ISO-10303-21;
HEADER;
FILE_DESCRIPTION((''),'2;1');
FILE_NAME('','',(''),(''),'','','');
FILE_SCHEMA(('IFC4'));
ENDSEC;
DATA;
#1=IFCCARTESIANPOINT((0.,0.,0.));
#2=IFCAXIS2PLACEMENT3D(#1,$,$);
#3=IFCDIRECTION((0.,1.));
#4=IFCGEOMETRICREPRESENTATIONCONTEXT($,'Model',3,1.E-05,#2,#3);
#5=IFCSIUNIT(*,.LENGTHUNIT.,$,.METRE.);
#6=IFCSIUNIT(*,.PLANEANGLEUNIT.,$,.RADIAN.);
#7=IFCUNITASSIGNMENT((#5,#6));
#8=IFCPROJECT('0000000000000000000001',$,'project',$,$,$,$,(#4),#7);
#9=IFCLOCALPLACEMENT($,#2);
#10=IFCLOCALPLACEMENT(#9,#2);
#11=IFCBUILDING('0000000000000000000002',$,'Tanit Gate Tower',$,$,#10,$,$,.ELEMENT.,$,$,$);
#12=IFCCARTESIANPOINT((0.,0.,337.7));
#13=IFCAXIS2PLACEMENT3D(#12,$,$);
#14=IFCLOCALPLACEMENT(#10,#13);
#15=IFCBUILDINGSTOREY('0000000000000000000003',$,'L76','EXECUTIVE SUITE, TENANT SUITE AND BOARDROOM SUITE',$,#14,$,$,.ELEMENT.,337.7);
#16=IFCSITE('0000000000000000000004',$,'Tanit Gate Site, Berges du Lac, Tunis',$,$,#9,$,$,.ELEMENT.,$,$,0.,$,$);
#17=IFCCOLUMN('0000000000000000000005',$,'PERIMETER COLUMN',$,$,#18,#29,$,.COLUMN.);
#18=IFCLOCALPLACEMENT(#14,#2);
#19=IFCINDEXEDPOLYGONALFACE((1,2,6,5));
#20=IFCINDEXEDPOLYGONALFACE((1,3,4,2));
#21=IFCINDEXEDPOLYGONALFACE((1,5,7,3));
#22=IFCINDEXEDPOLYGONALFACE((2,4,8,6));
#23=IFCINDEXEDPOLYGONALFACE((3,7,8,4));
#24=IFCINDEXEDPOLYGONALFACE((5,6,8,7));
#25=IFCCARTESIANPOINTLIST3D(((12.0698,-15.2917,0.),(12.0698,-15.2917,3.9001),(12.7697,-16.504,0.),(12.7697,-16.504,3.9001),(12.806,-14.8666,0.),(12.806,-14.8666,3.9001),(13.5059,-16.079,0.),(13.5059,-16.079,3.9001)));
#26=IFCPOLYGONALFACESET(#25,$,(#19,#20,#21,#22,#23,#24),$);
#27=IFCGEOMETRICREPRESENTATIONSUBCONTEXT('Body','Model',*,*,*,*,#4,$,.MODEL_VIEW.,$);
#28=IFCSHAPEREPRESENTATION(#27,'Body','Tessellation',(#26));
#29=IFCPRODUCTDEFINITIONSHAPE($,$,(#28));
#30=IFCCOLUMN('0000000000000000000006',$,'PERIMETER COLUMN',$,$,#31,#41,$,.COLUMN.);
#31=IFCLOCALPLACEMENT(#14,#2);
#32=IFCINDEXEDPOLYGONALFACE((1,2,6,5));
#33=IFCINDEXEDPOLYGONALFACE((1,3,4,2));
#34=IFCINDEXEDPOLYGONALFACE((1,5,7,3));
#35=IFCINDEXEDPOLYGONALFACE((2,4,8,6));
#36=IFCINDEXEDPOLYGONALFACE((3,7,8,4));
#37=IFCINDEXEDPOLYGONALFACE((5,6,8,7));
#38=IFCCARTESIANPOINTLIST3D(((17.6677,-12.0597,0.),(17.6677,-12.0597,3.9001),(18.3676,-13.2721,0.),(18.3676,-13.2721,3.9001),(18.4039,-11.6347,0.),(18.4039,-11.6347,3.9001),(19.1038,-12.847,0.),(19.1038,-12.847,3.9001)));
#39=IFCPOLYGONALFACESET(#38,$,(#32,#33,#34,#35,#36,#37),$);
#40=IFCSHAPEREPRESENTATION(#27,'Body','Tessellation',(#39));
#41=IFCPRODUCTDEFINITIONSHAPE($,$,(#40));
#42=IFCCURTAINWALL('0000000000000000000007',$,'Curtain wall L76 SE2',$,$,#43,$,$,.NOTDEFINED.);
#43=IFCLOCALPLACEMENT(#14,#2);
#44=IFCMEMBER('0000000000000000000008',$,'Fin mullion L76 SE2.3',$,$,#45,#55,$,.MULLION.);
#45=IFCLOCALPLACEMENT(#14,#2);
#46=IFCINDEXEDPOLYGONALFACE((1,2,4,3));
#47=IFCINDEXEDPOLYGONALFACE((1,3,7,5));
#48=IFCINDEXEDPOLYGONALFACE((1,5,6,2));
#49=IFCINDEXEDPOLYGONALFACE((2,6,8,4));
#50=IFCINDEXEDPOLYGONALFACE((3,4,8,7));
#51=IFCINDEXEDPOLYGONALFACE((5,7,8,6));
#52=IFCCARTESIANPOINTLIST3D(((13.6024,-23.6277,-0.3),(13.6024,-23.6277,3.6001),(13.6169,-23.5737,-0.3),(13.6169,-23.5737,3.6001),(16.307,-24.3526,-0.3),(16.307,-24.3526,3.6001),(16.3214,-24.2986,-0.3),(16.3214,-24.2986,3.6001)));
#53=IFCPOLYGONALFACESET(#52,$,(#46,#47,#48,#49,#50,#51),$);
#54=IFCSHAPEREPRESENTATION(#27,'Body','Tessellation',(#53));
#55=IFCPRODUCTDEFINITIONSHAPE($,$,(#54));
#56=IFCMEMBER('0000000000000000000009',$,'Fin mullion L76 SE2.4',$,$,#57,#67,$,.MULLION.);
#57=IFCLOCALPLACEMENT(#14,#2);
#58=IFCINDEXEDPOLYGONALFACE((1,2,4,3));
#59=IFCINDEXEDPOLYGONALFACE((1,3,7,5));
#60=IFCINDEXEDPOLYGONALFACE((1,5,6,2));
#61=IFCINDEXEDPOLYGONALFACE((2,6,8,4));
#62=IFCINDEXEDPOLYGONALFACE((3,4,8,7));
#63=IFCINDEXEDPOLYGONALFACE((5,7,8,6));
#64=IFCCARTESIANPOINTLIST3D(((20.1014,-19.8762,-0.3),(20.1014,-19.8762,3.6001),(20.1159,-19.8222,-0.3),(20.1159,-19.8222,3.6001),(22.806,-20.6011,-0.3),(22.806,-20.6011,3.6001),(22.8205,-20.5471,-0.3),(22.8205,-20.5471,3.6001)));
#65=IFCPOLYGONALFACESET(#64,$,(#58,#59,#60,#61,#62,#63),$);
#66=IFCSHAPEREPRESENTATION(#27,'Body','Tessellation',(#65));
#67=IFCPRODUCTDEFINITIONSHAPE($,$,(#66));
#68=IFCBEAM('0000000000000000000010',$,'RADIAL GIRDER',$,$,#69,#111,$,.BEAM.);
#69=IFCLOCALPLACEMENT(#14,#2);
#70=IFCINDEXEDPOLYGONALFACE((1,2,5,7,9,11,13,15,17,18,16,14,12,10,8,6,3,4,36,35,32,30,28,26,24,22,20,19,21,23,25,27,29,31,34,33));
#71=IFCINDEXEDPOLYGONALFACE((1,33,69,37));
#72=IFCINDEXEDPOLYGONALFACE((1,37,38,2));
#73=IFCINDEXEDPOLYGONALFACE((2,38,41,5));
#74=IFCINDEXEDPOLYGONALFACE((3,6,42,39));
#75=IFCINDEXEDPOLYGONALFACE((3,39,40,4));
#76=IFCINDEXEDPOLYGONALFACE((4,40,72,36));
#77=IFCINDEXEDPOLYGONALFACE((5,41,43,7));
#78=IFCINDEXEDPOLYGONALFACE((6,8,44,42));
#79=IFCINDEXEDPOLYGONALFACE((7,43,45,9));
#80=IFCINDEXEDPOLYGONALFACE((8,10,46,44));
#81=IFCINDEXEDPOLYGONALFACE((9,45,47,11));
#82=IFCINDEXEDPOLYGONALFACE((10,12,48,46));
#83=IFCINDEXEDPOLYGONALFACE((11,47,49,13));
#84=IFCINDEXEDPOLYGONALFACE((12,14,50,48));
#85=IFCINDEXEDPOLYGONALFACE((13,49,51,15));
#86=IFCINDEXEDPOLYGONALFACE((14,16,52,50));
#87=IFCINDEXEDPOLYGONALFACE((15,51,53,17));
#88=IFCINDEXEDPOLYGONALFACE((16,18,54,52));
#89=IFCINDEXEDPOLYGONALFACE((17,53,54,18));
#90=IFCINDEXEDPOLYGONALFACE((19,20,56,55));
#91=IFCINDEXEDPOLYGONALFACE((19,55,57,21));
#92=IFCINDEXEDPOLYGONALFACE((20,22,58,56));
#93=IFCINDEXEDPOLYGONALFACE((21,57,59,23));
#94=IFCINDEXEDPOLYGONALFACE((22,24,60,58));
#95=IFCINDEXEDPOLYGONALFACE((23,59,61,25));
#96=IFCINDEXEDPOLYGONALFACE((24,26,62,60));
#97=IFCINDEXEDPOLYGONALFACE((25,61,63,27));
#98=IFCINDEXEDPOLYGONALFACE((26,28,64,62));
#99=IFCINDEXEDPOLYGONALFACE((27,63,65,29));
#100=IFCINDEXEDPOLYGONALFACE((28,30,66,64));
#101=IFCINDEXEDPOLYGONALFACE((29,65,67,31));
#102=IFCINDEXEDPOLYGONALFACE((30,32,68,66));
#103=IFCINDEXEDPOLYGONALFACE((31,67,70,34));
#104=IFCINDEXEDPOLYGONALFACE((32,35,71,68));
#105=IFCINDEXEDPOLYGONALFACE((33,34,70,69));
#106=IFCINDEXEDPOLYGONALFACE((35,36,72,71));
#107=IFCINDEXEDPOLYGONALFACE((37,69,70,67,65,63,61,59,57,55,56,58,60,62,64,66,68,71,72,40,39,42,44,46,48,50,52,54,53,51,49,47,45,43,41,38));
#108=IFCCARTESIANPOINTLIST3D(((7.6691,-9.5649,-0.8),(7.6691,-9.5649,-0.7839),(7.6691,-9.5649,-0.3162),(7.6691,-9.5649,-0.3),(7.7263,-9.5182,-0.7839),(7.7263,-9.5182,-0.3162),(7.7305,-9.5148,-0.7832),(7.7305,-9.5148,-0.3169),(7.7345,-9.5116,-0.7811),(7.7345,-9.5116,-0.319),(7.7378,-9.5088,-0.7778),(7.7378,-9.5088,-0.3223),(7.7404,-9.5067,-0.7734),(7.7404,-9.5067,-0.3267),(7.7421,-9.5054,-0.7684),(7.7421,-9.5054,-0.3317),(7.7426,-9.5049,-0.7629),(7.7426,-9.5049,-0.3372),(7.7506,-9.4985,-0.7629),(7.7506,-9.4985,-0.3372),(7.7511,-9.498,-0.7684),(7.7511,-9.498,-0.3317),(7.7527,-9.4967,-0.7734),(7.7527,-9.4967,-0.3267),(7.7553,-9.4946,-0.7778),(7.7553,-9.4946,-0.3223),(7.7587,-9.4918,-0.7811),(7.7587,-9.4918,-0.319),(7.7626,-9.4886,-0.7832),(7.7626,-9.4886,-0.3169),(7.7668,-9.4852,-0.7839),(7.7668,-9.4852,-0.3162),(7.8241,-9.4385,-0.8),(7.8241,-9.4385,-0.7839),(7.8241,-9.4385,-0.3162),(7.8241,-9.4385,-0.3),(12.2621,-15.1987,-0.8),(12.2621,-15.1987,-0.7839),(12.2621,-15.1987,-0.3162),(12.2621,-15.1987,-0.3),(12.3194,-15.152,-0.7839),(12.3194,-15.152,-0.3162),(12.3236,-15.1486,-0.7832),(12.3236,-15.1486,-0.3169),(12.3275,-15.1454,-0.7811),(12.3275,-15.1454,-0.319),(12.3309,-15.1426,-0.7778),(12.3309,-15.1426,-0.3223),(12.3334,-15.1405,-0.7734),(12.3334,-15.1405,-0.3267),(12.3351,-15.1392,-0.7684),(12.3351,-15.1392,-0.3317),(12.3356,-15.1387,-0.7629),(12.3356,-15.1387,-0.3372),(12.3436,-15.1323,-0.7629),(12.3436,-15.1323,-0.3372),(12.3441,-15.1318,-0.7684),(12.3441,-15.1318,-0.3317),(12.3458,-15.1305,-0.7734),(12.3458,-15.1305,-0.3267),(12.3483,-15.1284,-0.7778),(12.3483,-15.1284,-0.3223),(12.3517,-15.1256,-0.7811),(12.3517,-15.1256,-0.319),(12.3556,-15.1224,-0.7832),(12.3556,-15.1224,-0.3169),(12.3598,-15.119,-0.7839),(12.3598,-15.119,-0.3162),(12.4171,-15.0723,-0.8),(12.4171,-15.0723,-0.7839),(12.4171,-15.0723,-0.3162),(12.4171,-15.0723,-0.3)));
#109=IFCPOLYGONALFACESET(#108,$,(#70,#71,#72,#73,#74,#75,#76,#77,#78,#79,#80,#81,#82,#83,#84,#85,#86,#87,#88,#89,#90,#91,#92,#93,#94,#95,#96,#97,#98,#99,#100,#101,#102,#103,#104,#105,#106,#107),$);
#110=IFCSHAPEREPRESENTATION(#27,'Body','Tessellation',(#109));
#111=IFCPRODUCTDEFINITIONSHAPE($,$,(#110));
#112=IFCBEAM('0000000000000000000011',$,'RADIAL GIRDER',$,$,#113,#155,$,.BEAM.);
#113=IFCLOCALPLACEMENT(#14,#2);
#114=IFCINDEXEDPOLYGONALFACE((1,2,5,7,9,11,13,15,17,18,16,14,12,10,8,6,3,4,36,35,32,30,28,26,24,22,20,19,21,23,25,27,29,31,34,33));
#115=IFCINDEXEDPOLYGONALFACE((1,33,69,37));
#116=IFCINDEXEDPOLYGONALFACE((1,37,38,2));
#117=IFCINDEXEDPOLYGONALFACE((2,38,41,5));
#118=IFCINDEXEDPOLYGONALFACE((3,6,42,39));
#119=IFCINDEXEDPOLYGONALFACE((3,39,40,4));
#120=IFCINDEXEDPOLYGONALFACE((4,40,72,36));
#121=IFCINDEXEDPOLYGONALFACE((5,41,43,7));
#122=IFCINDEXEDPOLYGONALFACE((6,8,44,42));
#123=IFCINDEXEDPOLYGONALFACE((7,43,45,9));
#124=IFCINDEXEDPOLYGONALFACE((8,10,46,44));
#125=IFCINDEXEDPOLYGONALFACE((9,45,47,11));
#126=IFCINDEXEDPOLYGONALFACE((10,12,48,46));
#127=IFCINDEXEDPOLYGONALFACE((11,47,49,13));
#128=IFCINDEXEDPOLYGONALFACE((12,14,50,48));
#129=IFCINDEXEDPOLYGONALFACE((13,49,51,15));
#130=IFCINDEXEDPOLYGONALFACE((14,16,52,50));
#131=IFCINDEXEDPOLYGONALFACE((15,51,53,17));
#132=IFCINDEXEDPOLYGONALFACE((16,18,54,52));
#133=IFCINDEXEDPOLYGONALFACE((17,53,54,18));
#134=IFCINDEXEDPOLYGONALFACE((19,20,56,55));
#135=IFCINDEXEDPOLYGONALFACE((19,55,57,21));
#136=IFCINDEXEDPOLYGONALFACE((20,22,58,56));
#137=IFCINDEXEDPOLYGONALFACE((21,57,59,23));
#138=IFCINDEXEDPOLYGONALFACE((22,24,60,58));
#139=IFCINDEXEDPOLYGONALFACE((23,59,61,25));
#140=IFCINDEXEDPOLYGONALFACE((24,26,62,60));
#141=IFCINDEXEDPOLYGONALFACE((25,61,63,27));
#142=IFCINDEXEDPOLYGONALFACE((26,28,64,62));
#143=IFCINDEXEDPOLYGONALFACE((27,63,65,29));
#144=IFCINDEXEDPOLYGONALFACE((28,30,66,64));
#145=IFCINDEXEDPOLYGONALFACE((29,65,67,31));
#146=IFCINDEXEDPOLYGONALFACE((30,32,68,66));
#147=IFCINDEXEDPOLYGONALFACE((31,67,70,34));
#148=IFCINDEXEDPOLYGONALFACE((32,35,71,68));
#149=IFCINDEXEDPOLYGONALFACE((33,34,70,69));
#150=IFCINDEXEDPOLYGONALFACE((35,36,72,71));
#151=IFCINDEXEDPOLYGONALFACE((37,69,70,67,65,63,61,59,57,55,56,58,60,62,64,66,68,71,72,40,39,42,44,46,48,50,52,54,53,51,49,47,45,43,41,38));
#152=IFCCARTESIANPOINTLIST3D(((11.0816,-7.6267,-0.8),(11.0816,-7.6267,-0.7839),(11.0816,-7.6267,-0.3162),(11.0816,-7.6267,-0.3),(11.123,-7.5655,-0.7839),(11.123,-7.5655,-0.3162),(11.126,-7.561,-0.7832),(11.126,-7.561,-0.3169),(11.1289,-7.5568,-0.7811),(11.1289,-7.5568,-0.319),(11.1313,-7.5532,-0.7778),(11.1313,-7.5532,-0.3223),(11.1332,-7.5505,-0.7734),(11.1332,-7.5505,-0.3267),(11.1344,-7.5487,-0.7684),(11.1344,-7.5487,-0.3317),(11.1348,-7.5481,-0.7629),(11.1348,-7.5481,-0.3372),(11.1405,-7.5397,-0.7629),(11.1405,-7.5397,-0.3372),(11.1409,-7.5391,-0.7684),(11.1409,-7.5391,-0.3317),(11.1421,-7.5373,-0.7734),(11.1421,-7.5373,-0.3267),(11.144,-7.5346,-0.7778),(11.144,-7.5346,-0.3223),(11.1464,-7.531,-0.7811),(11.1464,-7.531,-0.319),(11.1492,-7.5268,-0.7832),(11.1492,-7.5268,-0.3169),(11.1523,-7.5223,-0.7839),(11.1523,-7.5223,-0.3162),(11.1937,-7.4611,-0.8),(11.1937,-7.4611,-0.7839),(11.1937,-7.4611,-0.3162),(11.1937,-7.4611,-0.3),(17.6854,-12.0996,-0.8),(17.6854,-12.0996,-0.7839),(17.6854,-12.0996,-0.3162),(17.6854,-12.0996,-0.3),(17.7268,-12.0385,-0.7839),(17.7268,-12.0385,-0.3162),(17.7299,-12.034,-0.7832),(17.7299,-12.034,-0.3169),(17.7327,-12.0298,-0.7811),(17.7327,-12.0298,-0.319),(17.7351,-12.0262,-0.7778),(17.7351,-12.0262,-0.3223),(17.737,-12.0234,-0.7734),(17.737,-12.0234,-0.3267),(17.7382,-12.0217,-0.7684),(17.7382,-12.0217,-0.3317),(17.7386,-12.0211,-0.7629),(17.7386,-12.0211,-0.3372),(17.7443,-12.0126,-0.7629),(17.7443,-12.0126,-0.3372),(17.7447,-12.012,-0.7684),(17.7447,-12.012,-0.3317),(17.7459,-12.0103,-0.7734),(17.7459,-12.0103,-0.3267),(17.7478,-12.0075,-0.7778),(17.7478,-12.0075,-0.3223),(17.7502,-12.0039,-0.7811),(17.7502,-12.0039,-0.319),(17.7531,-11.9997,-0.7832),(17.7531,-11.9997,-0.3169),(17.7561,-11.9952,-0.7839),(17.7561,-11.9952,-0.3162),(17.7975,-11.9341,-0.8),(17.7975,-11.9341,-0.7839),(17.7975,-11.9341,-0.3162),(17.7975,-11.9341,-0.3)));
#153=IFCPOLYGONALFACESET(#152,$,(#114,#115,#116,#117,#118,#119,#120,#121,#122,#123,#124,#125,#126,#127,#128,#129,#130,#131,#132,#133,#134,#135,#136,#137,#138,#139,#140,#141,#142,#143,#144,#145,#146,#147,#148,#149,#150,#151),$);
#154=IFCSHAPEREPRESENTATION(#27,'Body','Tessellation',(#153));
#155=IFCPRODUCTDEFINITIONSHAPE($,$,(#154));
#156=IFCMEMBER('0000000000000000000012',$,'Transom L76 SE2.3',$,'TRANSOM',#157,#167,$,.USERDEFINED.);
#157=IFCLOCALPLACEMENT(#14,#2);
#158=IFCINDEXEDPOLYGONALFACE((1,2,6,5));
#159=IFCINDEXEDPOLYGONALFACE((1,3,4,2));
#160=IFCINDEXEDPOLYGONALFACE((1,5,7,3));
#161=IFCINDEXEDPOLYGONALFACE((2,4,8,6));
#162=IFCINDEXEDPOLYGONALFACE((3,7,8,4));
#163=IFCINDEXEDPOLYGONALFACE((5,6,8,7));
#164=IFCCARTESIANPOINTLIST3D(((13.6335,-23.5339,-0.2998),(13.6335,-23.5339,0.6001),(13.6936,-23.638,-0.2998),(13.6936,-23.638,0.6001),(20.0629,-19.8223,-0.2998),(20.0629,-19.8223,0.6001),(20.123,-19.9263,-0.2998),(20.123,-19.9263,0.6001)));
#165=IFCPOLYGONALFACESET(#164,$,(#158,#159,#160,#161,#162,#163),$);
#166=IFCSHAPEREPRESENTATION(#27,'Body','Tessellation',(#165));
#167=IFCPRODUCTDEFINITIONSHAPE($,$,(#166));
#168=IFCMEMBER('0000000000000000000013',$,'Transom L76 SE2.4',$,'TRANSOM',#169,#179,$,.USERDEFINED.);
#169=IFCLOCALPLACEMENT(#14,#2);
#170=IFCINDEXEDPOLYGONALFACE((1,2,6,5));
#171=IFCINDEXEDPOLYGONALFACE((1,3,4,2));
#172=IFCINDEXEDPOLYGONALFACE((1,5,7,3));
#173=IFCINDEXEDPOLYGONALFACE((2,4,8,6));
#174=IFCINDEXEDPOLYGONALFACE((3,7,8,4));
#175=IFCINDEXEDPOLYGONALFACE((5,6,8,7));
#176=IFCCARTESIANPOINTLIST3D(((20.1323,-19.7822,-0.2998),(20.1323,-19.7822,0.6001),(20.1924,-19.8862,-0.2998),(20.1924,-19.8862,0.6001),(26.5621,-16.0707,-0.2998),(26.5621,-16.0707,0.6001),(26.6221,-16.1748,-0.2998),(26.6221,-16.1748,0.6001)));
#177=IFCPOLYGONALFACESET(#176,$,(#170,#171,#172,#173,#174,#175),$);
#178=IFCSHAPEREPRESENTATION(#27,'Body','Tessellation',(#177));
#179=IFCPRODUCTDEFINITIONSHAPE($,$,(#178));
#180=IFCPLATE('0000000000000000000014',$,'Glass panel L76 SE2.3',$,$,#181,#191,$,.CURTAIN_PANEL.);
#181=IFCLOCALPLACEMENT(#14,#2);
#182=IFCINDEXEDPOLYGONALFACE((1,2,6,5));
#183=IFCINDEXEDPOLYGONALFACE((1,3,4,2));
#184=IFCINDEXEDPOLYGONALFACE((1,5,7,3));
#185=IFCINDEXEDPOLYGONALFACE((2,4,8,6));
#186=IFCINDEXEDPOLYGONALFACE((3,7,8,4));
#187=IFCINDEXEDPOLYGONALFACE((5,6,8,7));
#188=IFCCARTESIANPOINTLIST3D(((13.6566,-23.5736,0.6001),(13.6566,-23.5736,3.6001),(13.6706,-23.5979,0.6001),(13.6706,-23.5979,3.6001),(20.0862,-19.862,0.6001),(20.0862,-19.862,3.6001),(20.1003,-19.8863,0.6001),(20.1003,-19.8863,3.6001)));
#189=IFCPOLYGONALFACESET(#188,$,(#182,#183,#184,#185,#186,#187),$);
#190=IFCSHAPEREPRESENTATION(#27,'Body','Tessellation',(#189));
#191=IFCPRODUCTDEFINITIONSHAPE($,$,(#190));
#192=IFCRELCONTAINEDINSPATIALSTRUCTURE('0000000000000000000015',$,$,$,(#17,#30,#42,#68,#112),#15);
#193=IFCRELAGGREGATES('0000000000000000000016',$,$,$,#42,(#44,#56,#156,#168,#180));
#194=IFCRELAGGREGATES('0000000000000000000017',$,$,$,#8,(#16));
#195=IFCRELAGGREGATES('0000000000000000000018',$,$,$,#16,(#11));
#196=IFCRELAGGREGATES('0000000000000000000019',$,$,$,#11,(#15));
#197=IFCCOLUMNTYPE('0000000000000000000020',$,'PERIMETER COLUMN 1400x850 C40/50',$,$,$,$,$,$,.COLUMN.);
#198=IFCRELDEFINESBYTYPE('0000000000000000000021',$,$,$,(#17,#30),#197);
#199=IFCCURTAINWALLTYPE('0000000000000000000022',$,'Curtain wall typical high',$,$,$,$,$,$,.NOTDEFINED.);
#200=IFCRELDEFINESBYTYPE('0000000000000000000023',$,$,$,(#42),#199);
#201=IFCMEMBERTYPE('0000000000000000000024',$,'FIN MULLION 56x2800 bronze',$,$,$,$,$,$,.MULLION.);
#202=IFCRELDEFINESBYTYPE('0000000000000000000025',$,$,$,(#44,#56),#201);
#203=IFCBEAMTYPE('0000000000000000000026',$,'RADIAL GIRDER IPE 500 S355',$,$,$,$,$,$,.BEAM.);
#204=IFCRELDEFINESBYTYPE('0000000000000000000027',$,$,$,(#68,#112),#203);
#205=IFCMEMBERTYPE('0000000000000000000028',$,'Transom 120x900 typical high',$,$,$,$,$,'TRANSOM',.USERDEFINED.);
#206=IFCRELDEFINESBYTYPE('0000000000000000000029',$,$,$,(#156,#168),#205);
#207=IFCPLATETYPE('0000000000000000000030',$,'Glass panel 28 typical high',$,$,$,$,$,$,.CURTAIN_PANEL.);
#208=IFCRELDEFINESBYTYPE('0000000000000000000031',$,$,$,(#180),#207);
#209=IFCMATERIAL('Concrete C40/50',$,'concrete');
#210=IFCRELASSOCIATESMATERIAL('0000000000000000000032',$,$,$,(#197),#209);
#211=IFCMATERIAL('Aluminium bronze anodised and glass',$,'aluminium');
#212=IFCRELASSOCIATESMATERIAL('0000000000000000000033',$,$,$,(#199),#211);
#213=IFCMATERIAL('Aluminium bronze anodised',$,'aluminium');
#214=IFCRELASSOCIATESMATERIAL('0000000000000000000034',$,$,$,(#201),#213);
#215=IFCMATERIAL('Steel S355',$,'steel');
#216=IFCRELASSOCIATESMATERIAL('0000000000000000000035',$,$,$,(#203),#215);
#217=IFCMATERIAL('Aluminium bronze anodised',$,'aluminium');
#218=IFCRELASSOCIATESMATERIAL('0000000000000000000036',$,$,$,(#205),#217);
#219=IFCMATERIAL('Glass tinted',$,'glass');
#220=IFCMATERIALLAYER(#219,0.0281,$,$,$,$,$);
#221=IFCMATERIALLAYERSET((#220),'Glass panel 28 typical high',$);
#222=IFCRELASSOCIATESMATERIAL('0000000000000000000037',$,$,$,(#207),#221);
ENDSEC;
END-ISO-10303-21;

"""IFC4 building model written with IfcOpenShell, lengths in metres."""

from ifc_helpers import new_model, si_unit, direction, frame, origin, origin_2d, place, context, subcontext, project, spatial, rectangle, i_section, extrude, material, layer, layer_set, material_profile, profile_set, type_object, element, aggregate, save


model = new_model("IFC4")

# Units and contexts
model_context = context("Model", 3, precision=1e-05, world=origin(), true_north=direction((0.0, 1.0)))
body_context = subcontext(model_context, "Body", "Model", "MODEL_VIEW")
ifc_project = project(units=[si_unit("LENGTHUNIT", "METRE"), si_unit("PLANEANGLEUNIT", "RADIAN")], contexts=[model_context])

# Site, building, storey
site_placement = place(None, origin())
site = spatial("IfcSite", under=ifc_project, at=site_placement, Name="Tanit Gate Site, Berges du Lac, Tunis", CompositionType="ELEMENT", RefElevation=0.0)
building_placement = place(site_placement, origin())
building = spatial("IfcBuilding", under=site, at=building_placement, Name="Tanit Gate Tower", CompositionType="ELEMENT")
storey_placement = place(building_placement, frame((0.0, 0.0, 337.7)))
storey = spatial("IfcBuildingStorey", under=building, at=storey_placement, Name="L76", Description="EXECUTIVE SUITE, TENANT SUITE AND BOARDROOM SUITE", CompositionType="ELEMENT", Elevation=337.7)

# Columns
ifc_material_1 = material(Name="Concrete C40/50", Category="concrete")
ifc_material_profile_1 = material_profile(ifc_material_1, rectangle(XDim=1.3999, YDim=0.8501, at=origin_2d()), Name="RC 1400x850")
ifc_profile_set_1 = profile_set([ifc_material_profile_1], Name="Concrete C40/50")
column_type = type_object("IfcColumnType", Name="PERIMETER COLUMN 1400x850 C40/50", PredefinedType="COLUMN", material=ifc_profile_set_1)
for number, where, z_axis, x_axis, name in (
    (1, (12.7878, -15.6853, 0.0), (0.0, 0.0, 1.0), (0.5, -0.866025, 0.0), "PERIMETER COLUMN"),
    (2, (18.3857, -12.4534, 0.0), (0.0, 0.0, 1.0), (0.5, -0.866025, 0.0), "PERIMETER COLUMN"),
):
    element("IfcColumn", number, at=place(storey_placement, frame(where, z_axis=z_axis, x_axis=x_axis)), inside=storey, type_object=column_type, Name=name, PredefinedType="COLUMN", context=body_context, shape_type="SweptSolid", body=[
        extrude(rectangle(XDim=1.3999, YDim=0.8501, at=origin_2d()), origin(), (0.0, 0.0, 1.0), 3.9001),
    ])

# Curtain wall, members
ifc_material_2 = material(Name="Aluminium bronze anodised and glass", Category="aluminium")
curtain_wall_type = type_object("IfcCurtainWallType", Name="Curtain wall typical high", PredefinedType="NOTDEFINED", material=ifc_material_2)
curtain_wall_placement = place(storey_placement, origin())
curtain_wall = element("IfcCurtainWall", 3, at=curtain_wall_placement, inside=storey, type_object=curtain_wall_type, Name="Curtain wall L76 SE2", PredefinedType="NOTDEFINED")
ifc_material_3 = material(Name="Aluminium bronze anodised", Category="aluminium")
ifc_material_profile_2 = material_profile(ifc_material_3, rectangle(XDim=2.8, YDim=0.0559, at=origin_2d()), Name="56x2800 bronze fin mullion")
ifc_profile_set_2 = profile_set([ifc_material_profile_2], Name="Aluminium bronze anodised")
member_type_1 = type_object("IfcMemberType", Name="FIN MULLION 56x2800 bronze", PredefinedType="MULLION", material=ifc_profile_set_2)
member_1_placement = place(storey_placement, frame((14.9619, -23.9631, -0.3), z_axis=(0.0, 0.0, 1.0), x_axis=(-0.965908, 0.258886, 0.0)))
member_1 = element("IfcMember", 4, at=member_1_placement, type_object=member_type_1, Name="Fin mullion L76 SE2.3", PredefinedType="MULLION", context=body_context, shape_type="SweptSolid", body=[
    extrude(rectangle(XDim=2.8, YDim=0.0559, at=origin_2d()), origin(), (0.0, 0.0, 1.0), 3.9001),
])
member_2_placement = place(storey_placement, frame((21.4609, -20.2117, -0.3), z_axis=(0.0, 0.0, 1.0), x_axis=(-0.965908, 0.258886, 0.0)))
member_2 = element("IfcMember", 5, at=member_2_placement, type_object=member_type_1, Name="Fin mullion L76 SE2.4", PredefinedType="MULLION", context=body_context, shape_type="SweptSolid", body=[
    extrude(rectangle(XDim=2.8, YDim=0.0559, at=origin_2d()), origin(), (0.0, 0.0, 1.0), 3.9001),
])

# Beams
ifc_material_4 = material(Name="Steel S355", Category="steel")
ifc_material_profile_3 = material_profile(ifc_material_4, i_section(OverallWidth=0.2, OverallDepth=0.5, WebThickness=0.0103, FlangeThickness=0.0161, FilletRadius=0.021, at=origin_2d()), Name="IPE 500")
ifc_profile_set_3 = profile_set([ifc_material_profile_3], Name="Steel S355")
beam_type = type_object("IfcBeamType", Name="RADIAL GIRDER IPE 500 S355", PredefinedType="BEAM", material=ifc_profile_set_3)
beam_1_placement = place(storey_placement, frame((12.3396, -15.1355, -0.55), z_axis=(-0.631882, 0.775065, 0.0), x_axis=(-0.775065, -0.631882, 0.0)))
element("IfcBeam", 6, at=beam_1_placement, inside=storey, type_object=beam_type, Name="RADIAL GIRDER", PredefinedType="BEAM", context=body_context, shape_type="SweptSolid", body=[
    extrude(i_section(OverallWidth=0.2, OverallDepth=0.5, WebThickness=0.0103, FlangeThickness=0.0161, FilletRadius=0.021, at=origin_2d()), origin(), (0.0, 0.0, 1.0), 7.2688),
])
beam_2_placement = place(storey_placement, frame((17.7415, -12.0168, -0.55), z_axis=(-0.827954, 0.560795, 0.0), x_axis=(-0.560795, -0.827954, 0.0)))
element("IfcBeam", 7, at=beam_2_placement, inside=storey, type_object=beam_type, Name="RADIAL GIRDER", PredefinedType="BEAM", context=body_context, shape_type="SweptSolid", body=[
    extrude(i_section(OverallWidth=0.2, OverallDepth=0.5, WebThickness=0.0103, FlangeThickness=0.0161, FilletRadius=0.021, at=origin_2d()), origin(), (0.0, 0.0, 1.0), 7.9761),
])

# Members
ifc_material_5 = material(Name="Aluminium bronze anodised", Category="aluminium")
ifc_material_profile_4 = material_profile(ifc_material_5, rectangle(XDim=0.1201, YDim=0.8999, at=origin_2d()), Name="120x900 bronze transom")
ifc_profile_set_4 = profile_set([ifc_material_profile_4], Name="Aluminium bronze anodised")
member_type_2 = type_object("IfcMemberType", Name="Transom 120x900 typical high", ElementType="TRANSOM", PredefinedType="USERDEFINED", material=ifc_profile_set_4)
member_3_placement = place(storey_placement, frame((13.6636, -23.5859, 0.1501), z_axis=(0.866047, 0.499963, 0.0), x_axis=(-0.499963, 0.866047, 0.0)))
member_3 = element("IfcMember", 8, at=member_3_placement, type_object=member_type_2, Name="Transom L76 SE2.3", ObjectType="TRANSOM", PredefinedType="USERDEFINED", context=body_context, shape_type="SweptSolid", body=[
    extrude(rectangle(XDim=0.1201, YDim=0.8999, at=origin_2d()), origin(), (0.0, 0.0, 1.0), 7.4238),
])
member_4_placement = place(storey_placement, frame((20.1624, -19.8342, 0.1501), z_axis=(0.866069, 0.499924, 0.0), x_axis=(-0.499924, 0.866069, 0.0)))
member_4 = element("IfcMember", 9, at=member_4_placement, type_object=member_type_2, Name="Transom L76 SE2.4", ObjectType="TRANSOM", PredefinedType="USERDEFINED", context=body_context, shape_type="SweptSolid", body=[
    extrude(rectangle(XDim=0.1201, YDim=0.8999, at=origin_2d()), origin(), (0.0, 0.0, 1.0), 7.4241),
])

# Plate
ifc_material_6 = material(Name="Glass tinted", Category="glass")
ifc_layer_1 = layer(ifc_material_6, 0.0281)
ifc_layer_set_1 = layer_set([ifc_layer_1], Name="Glass panel 28 typical high")
plate_type = type_object("IfcPlateType", Name="Glass panel 28 typical high", PredefinedType="CURTAIN_PANEL", material=ifc_layer_set_1)
plate_placement = place(storey_placement, frame((16.8784, -21.73, 0.6001), z_axis=(0.0, 0.0, 1.0), x_axis=(0.86606, 0.49994, 0.0)))
plate = element("IfcPlate", 10, at=plate_placement, type_object=plate_type, Name="Glass panel L76 SE2.3", PredefinedType="CURTAIN_PANEL", context=body_context, shape_type="SweptSolid", body=[
    extrude(rectangle(XDim=7.4241, YDim=0.0281, at=origin_2d()), origin(), (0.0, 0.0, 1.0), 3.0),
])
aggregate(curtain_wall, [member_1, member_2, member_3, member_4, plate])

save(model, "model.ifc")
